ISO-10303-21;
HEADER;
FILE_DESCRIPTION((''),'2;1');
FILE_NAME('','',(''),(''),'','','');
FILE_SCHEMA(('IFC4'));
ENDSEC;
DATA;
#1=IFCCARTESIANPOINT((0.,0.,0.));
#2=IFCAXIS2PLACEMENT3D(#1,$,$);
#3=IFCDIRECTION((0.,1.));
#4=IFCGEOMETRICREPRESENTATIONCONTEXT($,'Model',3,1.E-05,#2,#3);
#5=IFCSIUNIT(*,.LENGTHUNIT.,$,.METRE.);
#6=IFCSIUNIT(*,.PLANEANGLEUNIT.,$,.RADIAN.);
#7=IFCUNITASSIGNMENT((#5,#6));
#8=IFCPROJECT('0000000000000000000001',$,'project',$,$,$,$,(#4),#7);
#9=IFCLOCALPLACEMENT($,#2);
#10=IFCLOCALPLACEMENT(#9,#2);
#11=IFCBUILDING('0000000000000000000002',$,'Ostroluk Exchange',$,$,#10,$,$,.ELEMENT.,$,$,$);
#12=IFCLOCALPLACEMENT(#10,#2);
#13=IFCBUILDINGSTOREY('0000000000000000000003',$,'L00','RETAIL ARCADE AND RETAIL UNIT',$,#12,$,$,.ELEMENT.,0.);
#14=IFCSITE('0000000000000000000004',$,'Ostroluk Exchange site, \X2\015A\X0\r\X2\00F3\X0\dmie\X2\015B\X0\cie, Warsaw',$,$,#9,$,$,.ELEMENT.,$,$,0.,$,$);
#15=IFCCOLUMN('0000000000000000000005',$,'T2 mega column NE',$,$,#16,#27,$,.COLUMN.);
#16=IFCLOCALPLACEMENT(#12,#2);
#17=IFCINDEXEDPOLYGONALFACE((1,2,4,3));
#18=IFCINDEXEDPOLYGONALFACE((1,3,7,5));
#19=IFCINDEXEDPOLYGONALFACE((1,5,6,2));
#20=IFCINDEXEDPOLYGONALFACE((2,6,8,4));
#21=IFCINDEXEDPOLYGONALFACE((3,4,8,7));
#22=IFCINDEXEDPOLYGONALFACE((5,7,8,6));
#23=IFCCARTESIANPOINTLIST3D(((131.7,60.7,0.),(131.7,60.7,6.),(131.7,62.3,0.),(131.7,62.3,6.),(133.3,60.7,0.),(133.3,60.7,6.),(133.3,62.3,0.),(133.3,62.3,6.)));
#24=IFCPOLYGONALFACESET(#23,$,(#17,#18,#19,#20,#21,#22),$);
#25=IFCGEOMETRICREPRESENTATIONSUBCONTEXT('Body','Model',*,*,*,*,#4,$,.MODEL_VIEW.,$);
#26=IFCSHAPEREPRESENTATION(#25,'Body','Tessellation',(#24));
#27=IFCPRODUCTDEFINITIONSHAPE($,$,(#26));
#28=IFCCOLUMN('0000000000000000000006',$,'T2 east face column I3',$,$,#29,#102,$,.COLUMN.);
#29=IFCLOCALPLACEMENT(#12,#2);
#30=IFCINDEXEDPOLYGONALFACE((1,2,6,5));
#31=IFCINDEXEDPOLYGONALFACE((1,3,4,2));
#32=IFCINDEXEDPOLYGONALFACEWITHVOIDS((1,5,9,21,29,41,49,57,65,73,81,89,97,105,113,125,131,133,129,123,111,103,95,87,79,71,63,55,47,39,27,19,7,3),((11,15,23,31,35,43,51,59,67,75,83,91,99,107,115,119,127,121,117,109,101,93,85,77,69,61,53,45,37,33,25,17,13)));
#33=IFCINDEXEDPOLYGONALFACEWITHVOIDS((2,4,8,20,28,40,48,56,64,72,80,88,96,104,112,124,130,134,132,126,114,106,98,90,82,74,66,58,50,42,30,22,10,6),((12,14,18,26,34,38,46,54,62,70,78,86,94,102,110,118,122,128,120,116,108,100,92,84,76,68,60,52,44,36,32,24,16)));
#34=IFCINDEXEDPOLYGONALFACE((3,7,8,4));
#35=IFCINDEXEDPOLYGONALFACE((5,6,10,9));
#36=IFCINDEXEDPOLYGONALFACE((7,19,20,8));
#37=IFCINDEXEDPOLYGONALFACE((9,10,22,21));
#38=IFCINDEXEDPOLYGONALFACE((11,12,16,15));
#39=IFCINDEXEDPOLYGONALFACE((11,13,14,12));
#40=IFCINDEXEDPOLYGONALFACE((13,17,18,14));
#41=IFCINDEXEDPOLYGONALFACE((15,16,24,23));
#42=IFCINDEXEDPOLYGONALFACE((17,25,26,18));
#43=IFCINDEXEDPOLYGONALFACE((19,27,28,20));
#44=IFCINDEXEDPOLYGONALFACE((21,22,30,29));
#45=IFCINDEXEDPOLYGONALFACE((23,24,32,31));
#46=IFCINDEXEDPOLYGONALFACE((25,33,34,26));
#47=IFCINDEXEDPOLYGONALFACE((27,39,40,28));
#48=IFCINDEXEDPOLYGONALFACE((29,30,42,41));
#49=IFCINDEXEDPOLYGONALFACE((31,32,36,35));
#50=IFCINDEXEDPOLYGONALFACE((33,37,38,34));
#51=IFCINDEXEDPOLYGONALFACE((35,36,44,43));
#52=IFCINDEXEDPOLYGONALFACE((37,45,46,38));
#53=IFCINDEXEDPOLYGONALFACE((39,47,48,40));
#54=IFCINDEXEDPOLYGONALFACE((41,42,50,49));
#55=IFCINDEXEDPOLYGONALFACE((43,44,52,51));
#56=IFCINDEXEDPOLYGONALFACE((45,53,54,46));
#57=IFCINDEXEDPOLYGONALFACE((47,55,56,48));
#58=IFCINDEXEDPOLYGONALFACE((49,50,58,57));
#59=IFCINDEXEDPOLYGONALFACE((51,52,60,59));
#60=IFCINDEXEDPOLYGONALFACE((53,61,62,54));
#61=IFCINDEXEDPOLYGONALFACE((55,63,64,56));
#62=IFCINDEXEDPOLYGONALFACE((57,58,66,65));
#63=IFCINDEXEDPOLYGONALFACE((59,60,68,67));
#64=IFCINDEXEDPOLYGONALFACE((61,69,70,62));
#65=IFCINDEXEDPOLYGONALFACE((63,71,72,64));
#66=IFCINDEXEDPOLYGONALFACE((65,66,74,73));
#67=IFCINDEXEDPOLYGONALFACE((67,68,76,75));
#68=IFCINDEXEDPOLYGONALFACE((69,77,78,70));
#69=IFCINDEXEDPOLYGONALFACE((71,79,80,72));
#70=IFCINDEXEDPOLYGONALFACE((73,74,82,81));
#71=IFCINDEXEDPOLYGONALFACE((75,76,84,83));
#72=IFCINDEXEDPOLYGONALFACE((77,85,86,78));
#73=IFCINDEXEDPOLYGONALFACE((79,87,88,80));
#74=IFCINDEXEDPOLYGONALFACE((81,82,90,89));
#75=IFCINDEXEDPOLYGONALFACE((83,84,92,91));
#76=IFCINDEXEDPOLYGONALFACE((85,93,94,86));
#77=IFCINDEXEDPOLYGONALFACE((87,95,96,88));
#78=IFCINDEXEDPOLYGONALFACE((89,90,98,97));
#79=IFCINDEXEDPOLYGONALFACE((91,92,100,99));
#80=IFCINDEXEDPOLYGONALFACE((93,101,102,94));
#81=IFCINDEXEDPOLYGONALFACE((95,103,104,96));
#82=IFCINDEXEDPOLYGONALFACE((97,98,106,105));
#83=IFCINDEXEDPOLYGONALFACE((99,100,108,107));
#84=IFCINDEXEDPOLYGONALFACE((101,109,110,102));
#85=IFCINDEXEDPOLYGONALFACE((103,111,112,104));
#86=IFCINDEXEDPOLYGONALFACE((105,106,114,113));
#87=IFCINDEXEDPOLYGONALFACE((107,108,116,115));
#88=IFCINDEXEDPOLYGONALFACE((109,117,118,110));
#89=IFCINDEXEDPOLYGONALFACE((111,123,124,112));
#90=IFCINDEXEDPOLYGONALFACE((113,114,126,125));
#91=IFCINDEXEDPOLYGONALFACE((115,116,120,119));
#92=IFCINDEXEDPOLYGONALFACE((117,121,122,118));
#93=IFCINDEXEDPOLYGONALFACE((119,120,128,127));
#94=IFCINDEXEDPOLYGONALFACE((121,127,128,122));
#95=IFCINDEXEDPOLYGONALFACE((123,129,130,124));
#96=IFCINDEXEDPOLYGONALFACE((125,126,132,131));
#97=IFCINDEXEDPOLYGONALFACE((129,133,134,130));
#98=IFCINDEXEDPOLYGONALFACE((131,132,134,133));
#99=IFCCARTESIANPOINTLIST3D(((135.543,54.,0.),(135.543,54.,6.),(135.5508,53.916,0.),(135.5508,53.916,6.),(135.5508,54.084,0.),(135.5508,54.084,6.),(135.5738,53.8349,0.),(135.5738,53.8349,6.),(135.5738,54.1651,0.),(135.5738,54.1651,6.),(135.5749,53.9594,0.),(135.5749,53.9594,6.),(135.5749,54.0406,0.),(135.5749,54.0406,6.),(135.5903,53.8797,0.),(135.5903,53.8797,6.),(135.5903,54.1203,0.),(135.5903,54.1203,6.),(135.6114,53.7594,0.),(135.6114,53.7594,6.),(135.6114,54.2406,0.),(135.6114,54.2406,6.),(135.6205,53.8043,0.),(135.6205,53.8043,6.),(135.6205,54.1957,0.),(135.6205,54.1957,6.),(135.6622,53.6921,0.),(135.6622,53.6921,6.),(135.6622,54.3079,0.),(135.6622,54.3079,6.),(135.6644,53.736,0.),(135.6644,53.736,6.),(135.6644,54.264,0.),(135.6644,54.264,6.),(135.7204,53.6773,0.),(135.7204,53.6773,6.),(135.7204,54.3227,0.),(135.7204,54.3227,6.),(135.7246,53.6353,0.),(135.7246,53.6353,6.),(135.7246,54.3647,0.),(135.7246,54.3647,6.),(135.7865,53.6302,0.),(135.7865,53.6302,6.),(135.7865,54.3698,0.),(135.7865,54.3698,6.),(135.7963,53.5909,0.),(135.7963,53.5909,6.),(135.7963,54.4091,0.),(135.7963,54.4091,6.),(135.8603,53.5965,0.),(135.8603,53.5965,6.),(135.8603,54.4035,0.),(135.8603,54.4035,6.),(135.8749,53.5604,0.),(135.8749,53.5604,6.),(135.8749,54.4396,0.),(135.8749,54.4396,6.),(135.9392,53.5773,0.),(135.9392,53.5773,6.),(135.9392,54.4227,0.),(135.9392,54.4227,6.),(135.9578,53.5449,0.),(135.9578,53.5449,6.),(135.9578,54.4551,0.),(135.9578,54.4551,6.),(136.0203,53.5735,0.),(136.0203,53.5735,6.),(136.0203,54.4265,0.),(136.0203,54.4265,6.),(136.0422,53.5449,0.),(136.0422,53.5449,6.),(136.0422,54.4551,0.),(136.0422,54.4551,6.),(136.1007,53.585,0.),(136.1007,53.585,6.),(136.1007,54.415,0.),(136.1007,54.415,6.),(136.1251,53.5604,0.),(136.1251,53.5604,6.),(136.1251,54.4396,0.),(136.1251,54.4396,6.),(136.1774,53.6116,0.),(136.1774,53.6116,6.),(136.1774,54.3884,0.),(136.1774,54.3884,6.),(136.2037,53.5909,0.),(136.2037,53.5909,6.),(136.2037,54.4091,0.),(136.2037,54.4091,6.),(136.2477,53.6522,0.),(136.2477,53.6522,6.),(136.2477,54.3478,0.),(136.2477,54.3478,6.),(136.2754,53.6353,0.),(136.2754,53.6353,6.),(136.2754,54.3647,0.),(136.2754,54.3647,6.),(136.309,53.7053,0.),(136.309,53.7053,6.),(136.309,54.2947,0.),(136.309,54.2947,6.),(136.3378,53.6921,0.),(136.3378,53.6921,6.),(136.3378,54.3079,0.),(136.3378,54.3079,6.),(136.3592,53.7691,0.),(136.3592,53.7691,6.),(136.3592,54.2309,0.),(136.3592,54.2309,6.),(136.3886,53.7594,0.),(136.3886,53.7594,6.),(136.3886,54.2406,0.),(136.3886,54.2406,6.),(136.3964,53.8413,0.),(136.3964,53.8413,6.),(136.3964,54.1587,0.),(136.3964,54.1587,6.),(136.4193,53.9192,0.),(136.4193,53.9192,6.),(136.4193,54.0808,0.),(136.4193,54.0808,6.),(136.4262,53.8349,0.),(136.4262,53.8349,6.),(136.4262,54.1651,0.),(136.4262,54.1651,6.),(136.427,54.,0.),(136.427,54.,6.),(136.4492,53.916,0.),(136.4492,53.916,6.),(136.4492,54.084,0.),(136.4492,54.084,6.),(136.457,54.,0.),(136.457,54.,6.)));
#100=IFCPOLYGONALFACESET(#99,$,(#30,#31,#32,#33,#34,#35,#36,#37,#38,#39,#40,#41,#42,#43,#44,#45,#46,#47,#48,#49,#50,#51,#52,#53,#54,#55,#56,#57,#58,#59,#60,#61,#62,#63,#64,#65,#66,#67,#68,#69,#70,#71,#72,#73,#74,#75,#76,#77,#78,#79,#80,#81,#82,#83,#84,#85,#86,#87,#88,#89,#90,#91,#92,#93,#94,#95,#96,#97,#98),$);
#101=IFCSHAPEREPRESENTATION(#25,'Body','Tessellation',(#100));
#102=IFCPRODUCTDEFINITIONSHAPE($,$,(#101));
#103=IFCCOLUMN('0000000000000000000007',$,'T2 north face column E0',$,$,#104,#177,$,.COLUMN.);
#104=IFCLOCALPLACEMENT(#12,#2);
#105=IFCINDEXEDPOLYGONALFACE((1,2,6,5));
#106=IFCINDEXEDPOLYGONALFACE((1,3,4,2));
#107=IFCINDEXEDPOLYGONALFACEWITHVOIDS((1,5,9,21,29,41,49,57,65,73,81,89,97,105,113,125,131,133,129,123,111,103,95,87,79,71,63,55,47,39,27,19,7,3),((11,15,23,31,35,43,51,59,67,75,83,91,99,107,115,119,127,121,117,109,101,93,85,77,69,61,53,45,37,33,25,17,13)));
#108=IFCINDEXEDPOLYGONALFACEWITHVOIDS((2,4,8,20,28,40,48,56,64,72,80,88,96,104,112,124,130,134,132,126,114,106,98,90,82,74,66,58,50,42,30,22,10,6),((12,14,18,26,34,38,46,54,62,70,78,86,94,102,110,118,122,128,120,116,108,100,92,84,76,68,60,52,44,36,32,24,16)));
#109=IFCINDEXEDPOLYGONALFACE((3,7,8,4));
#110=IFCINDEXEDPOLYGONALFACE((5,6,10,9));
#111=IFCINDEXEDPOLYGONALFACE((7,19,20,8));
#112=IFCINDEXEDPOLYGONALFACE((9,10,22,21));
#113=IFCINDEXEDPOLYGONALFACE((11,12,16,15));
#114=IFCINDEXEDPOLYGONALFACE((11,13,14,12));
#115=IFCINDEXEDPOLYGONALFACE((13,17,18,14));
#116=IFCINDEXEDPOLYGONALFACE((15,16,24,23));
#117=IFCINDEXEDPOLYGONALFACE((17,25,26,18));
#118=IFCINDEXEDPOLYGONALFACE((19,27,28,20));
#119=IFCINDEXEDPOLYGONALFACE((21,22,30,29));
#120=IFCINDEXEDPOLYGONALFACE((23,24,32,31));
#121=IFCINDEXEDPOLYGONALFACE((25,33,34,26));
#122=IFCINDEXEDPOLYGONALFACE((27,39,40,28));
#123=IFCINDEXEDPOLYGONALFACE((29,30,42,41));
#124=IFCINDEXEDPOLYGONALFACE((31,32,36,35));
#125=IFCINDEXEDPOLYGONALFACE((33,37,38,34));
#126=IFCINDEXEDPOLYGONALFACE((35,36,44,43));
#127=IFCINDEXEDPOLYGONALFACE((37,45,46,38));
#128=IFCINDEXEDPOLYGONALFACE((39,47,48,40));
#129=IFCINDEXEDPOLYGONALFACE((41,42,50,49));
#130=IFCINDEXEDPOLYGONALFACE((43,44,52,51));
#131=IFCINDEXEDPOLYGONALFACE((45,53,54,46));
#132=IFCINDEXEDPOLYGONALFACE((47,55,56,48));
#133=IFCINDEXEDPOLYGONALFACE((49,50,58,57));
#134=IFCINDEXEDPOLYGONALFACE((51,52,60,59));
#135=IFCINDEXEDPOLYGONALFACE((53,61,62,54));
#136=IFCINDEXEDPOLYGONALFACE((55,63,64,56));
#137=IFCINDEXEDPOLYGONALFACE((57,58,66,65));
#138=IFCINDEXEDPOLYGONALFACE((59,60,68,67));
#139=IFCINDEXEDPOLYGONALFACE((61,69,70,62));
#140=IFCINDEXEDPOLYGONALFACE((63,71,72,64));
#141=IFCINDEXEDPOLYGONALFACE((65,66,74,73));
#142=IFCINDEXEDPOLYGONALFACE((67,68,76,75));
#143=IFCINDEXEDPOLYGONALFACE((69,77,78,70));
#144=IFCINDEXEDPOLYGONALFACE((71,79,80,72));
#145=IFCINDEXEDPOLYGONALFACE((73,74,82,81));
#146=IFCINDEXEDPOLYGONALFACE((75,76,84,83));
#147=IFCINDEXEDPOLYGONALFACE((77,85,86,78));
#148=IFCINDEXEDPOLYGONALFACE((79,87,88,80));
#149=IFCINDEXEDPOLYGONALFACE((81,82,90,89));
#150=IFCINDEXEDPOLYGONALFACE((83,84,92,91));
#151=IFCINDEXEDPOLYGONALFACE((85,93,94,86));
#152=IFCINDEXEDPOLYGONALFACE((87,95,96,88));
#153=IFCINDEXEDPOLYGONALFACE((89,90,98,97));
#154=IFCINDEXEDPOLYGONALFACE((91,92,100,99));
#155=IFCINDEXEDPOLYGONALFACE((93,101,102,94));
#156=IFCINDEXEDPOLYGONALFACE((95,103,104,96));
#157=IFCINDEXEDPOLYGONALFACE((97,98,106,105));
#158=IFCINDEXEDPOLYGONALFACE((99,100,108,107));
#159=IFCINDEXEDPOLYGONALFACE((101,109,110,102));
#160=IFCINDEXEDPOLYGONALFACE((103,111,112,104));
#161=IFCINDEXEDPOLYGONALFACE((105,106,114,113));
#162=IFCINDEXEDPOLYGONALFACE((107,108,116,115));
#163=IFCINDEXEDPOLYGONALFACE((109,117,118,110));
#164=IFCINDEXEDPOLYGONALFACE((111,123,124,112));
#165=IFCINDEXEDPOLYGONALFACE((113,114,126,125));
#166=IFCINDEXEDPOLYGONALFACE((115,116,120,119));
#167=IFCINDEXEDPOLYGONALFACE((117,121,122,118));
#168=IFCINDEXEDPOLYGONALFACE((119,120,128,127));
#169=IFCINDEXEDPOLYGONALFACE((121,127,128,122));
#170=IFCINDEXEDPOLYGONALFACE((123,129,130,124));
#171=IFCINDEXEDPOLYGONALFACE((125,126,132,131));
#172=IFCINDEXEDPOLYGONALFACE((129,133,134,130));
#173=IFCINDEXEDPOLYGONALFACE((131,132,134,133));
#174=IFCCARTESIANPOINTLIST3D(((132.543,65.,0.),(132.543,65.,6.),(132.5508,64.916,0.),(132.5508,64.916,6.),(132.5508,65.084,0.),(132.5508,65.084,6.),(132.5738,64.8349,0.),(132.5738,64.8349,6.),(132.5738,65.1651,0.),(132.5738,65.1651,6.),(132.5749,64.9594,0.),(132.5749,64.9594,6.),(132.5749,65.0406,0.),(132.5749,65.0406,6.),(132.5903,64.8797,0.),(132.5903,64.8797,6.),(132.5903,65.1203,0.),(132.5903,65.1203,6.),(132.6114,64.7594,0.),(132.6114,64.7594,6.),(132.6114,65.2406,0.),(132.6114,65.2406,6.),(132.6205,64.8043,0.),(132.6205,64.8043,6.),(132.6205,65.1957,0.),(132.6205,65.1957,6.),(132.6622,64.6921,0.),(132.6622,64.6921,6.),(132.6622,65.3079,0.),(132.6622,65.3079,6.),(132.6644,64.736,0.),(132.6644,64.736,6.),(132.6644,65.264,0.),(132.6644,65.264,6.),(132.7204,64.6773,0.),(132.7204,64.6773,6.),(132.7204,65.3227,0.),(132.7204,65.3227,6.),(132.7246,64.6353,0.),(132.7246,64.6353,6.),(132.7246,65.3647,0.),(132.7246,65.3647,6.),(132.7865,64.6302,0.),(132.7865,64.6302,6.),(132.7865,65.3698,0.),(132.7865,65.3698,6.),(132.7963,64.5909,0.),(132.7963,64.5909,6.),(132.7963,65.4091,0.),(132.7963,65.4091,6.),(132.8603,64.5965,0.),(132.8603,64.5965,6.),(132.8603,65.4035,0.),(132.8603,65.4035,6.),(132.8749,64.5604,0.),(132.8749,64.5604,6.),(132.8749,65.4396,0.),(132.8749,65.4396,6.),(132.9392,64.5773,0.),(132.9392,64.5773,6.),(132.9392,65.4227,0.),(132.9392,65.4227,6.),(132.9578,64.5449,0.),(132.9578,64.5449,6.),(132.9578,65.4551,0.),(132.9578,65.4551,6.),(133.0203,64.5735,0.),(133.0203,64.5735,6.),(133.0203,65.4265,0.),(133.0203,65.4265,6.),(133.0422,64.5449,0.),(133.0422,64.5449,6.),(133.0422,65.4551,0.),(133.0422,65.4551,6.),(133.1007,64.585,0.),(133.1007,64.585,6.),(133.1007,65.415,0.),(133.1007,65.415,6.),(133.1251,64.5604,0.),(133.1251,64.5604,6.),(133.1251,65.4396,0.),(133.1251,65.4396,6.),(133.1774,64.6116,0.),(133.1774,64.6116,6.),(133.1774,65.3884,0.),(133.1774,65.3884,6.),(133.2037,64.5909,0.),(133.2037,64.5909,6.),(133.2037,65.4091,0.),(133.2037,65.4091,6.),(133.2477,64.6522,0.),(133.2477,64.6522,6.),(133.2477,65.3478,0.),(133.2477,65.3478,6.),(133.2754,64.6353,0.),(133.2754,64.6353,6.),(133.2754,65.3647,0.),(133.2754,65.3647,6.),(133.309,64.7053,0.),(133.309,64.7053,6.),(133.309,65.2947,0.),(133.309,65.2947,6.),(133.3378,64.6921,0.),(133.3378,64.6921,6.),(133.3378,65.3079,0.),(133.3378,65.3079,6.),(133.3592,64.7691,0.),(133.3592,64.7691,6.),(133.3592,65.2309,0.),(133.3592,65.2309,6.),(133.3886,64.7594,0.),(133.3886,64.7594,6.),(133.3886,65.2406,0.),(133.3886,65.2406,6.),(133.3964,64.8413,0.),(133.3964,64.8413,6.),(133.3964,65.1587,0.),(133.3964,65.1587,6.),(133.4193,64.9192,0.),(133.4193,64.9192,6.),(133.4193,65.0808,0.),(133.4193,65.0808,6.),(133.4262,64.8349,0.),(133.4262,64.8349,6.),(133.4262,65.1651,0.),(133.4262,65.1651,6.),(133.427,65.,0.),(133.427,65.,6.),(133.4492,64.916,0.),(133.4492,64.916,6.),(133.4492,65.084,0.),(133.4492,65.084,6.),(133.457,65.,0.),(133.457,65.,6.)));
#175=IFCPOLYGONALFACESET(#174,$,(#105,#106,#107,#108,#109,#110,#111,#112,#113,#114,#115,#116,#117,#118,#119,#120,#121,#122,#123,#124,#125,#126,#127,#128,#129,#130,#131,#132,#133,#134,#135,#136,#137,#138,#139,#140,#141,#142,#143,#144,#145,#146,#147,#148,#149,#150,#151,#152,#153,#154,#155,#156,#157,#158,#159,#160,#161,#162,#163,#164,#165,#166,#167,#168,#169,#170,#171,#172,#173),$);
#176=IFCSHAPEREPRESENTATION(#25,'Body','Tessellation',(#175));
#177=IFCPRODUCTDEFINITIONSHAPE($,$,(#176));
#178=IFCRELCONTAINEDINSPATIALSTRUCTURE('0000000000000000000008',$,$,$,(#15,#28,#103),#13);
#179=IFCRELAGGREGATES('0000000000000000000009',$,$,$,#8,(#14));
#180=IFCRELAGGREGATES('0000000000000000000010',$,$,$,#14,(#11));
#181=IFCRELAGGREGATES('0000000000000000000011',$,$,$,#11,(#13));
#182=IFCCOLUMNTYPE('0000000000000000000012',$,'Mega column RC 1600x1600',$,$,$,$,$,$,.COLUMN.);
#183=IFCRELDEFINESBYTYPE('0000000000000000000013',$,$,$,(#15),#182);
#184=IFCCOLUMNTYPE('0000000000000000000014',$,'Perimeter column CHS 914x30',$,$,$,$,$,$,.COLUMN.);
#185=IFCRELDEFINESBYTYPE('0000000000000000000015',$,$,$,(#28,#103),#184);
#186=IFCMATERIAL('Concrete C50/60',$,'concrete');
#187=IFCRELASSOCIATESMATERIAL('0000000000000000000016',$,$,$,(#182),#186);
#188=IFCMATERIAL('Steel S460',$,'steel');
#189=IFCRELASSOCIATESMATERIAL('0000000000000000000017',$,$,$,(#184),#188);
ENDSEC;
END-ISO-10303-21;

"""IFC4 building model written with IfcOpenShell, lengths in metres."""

from ifc_helpers import new_model, si_unit, direction, frame, origin, origin_2d, place, context, subcontext, project, spatial, rectangle, hollow_circle, extrude, material, material_profile, profile_set, type_object, element, save


model = new_model("IFC4")

# Units and contexts
model_context = context("Model", 3, precision=1e-05, world=origin(), true_north=direction((0.0, 1.0)))
body_context = subcontext(model_context, "Body", "Model", "MODEL_VIEW")
ifc_project = project(units=[si_unit("LENGTHUNIT", "METRE"), si_unit("PLANEANGLEUNIT", "RADIAN")], contexts=[model_context])

# Site, building, storey
site_placement = place(None, origin())
site = spatial("IfcSite", under=ifc_project, at=site_placement, Name="Ostroluk Exchange site, Śródmieście, Warsaw", CompositionType="ELEMENT", RefElevation=0.0)
building_placement = place(site_placement, origin())
building = spatial("IfcBuilding", under=site, at=building_placement, Name="Ostroluk Exchange", CompositionType="ELEMENT")
storey_placement = place(building_placement, origin())
storey = spatial("IfcBuildingStorey", under=building, at=storey_placement, Name="L00", Description="RETAIL ARCADE AND RETAIL UNIT", CompositionType="ELEMENT", Elevation=0.0)

# Columns
ifc_material_1 = material(Name="Concrete C50/60", Category="concrete")
ifc_material_profile_1 = material_profile(ifc_material_1, rectangle(XDim=1.6001, YDim=1.6001, at=origin_2d()), Name="RC 1600x1600")
ifc_profile_set_1 = profile_set([ifc_material_profile_1], Name="Concrete C50/60")
column_type_1 = type_object("IfcColumnType", Name="Mega column RC 1600x1600", PredefinedType="COLUMN", material=ifc_profile_set_1)
column_placement = place(storey_placement, frame((132.5, 61.5, 0.0), z_axis=(0.0, 0.0, 1.0), x_axis=(1.0, 0.0, 0.0)))
element("IfcColumn", 1, at=column_placement, inside=storey, type_object=column_type_1, Name="T2 mega column NE", PredefinedType="COLUMN", context=body_context, shape_type="SweptSolid", body=[
    extrude(rectangle(XDim=1.6001, YDim=1.6001, at=origin_2d()), origin(), (0.0, 0.0, 1.0), 6.0),
])
ifc_material_2 = material(Name="Steel S460", Category="steel")
ifc_material_profile_2 = material_profile(ifc_material_2, hollow_circle(Radius=0.457, WallThickness=0.03, at=origin_2d()), Name="CHS 914x30")
ifc_profile_set_2 = profile_set([ifc_material_profile_2], Name="Steel S460")
column_type_2 = type_object("IfcColumnType", Name="Perimeter column CHS 914x30", PredefinedType="COLUMN", material=ifc_profile_set_2)
for number, where, z_axis, x_axis, name in (
    (2, (136.0, 54.0, 0.0), (0.0, 0.0, 1.0), (1.0, 0.0, 0.0), "T2 east face column I3"),
    (3, (133.0, 65.0, 0.0), (0.0, 0.0, 1.0), (1.0, 0.0, 0.0), "T2 north face column E0"),
):
    element("IfcColumn", number, at=place(storey_placement, frame(where, z_axis=z_axis, x_axis=x_axis)), inside=storey, type_object=column_type_2, Name=name, PredefinedType="COLUMN", context=body_context, shape_type="SweptSolid", body=[
        extrude(hollow_circle(Radius=0.457, WallThickness=0.03, at=origin_2d()), origin(), (0.0, 0.0, 1.0), 6.0),
    ])

save(model, "model.ifc")
